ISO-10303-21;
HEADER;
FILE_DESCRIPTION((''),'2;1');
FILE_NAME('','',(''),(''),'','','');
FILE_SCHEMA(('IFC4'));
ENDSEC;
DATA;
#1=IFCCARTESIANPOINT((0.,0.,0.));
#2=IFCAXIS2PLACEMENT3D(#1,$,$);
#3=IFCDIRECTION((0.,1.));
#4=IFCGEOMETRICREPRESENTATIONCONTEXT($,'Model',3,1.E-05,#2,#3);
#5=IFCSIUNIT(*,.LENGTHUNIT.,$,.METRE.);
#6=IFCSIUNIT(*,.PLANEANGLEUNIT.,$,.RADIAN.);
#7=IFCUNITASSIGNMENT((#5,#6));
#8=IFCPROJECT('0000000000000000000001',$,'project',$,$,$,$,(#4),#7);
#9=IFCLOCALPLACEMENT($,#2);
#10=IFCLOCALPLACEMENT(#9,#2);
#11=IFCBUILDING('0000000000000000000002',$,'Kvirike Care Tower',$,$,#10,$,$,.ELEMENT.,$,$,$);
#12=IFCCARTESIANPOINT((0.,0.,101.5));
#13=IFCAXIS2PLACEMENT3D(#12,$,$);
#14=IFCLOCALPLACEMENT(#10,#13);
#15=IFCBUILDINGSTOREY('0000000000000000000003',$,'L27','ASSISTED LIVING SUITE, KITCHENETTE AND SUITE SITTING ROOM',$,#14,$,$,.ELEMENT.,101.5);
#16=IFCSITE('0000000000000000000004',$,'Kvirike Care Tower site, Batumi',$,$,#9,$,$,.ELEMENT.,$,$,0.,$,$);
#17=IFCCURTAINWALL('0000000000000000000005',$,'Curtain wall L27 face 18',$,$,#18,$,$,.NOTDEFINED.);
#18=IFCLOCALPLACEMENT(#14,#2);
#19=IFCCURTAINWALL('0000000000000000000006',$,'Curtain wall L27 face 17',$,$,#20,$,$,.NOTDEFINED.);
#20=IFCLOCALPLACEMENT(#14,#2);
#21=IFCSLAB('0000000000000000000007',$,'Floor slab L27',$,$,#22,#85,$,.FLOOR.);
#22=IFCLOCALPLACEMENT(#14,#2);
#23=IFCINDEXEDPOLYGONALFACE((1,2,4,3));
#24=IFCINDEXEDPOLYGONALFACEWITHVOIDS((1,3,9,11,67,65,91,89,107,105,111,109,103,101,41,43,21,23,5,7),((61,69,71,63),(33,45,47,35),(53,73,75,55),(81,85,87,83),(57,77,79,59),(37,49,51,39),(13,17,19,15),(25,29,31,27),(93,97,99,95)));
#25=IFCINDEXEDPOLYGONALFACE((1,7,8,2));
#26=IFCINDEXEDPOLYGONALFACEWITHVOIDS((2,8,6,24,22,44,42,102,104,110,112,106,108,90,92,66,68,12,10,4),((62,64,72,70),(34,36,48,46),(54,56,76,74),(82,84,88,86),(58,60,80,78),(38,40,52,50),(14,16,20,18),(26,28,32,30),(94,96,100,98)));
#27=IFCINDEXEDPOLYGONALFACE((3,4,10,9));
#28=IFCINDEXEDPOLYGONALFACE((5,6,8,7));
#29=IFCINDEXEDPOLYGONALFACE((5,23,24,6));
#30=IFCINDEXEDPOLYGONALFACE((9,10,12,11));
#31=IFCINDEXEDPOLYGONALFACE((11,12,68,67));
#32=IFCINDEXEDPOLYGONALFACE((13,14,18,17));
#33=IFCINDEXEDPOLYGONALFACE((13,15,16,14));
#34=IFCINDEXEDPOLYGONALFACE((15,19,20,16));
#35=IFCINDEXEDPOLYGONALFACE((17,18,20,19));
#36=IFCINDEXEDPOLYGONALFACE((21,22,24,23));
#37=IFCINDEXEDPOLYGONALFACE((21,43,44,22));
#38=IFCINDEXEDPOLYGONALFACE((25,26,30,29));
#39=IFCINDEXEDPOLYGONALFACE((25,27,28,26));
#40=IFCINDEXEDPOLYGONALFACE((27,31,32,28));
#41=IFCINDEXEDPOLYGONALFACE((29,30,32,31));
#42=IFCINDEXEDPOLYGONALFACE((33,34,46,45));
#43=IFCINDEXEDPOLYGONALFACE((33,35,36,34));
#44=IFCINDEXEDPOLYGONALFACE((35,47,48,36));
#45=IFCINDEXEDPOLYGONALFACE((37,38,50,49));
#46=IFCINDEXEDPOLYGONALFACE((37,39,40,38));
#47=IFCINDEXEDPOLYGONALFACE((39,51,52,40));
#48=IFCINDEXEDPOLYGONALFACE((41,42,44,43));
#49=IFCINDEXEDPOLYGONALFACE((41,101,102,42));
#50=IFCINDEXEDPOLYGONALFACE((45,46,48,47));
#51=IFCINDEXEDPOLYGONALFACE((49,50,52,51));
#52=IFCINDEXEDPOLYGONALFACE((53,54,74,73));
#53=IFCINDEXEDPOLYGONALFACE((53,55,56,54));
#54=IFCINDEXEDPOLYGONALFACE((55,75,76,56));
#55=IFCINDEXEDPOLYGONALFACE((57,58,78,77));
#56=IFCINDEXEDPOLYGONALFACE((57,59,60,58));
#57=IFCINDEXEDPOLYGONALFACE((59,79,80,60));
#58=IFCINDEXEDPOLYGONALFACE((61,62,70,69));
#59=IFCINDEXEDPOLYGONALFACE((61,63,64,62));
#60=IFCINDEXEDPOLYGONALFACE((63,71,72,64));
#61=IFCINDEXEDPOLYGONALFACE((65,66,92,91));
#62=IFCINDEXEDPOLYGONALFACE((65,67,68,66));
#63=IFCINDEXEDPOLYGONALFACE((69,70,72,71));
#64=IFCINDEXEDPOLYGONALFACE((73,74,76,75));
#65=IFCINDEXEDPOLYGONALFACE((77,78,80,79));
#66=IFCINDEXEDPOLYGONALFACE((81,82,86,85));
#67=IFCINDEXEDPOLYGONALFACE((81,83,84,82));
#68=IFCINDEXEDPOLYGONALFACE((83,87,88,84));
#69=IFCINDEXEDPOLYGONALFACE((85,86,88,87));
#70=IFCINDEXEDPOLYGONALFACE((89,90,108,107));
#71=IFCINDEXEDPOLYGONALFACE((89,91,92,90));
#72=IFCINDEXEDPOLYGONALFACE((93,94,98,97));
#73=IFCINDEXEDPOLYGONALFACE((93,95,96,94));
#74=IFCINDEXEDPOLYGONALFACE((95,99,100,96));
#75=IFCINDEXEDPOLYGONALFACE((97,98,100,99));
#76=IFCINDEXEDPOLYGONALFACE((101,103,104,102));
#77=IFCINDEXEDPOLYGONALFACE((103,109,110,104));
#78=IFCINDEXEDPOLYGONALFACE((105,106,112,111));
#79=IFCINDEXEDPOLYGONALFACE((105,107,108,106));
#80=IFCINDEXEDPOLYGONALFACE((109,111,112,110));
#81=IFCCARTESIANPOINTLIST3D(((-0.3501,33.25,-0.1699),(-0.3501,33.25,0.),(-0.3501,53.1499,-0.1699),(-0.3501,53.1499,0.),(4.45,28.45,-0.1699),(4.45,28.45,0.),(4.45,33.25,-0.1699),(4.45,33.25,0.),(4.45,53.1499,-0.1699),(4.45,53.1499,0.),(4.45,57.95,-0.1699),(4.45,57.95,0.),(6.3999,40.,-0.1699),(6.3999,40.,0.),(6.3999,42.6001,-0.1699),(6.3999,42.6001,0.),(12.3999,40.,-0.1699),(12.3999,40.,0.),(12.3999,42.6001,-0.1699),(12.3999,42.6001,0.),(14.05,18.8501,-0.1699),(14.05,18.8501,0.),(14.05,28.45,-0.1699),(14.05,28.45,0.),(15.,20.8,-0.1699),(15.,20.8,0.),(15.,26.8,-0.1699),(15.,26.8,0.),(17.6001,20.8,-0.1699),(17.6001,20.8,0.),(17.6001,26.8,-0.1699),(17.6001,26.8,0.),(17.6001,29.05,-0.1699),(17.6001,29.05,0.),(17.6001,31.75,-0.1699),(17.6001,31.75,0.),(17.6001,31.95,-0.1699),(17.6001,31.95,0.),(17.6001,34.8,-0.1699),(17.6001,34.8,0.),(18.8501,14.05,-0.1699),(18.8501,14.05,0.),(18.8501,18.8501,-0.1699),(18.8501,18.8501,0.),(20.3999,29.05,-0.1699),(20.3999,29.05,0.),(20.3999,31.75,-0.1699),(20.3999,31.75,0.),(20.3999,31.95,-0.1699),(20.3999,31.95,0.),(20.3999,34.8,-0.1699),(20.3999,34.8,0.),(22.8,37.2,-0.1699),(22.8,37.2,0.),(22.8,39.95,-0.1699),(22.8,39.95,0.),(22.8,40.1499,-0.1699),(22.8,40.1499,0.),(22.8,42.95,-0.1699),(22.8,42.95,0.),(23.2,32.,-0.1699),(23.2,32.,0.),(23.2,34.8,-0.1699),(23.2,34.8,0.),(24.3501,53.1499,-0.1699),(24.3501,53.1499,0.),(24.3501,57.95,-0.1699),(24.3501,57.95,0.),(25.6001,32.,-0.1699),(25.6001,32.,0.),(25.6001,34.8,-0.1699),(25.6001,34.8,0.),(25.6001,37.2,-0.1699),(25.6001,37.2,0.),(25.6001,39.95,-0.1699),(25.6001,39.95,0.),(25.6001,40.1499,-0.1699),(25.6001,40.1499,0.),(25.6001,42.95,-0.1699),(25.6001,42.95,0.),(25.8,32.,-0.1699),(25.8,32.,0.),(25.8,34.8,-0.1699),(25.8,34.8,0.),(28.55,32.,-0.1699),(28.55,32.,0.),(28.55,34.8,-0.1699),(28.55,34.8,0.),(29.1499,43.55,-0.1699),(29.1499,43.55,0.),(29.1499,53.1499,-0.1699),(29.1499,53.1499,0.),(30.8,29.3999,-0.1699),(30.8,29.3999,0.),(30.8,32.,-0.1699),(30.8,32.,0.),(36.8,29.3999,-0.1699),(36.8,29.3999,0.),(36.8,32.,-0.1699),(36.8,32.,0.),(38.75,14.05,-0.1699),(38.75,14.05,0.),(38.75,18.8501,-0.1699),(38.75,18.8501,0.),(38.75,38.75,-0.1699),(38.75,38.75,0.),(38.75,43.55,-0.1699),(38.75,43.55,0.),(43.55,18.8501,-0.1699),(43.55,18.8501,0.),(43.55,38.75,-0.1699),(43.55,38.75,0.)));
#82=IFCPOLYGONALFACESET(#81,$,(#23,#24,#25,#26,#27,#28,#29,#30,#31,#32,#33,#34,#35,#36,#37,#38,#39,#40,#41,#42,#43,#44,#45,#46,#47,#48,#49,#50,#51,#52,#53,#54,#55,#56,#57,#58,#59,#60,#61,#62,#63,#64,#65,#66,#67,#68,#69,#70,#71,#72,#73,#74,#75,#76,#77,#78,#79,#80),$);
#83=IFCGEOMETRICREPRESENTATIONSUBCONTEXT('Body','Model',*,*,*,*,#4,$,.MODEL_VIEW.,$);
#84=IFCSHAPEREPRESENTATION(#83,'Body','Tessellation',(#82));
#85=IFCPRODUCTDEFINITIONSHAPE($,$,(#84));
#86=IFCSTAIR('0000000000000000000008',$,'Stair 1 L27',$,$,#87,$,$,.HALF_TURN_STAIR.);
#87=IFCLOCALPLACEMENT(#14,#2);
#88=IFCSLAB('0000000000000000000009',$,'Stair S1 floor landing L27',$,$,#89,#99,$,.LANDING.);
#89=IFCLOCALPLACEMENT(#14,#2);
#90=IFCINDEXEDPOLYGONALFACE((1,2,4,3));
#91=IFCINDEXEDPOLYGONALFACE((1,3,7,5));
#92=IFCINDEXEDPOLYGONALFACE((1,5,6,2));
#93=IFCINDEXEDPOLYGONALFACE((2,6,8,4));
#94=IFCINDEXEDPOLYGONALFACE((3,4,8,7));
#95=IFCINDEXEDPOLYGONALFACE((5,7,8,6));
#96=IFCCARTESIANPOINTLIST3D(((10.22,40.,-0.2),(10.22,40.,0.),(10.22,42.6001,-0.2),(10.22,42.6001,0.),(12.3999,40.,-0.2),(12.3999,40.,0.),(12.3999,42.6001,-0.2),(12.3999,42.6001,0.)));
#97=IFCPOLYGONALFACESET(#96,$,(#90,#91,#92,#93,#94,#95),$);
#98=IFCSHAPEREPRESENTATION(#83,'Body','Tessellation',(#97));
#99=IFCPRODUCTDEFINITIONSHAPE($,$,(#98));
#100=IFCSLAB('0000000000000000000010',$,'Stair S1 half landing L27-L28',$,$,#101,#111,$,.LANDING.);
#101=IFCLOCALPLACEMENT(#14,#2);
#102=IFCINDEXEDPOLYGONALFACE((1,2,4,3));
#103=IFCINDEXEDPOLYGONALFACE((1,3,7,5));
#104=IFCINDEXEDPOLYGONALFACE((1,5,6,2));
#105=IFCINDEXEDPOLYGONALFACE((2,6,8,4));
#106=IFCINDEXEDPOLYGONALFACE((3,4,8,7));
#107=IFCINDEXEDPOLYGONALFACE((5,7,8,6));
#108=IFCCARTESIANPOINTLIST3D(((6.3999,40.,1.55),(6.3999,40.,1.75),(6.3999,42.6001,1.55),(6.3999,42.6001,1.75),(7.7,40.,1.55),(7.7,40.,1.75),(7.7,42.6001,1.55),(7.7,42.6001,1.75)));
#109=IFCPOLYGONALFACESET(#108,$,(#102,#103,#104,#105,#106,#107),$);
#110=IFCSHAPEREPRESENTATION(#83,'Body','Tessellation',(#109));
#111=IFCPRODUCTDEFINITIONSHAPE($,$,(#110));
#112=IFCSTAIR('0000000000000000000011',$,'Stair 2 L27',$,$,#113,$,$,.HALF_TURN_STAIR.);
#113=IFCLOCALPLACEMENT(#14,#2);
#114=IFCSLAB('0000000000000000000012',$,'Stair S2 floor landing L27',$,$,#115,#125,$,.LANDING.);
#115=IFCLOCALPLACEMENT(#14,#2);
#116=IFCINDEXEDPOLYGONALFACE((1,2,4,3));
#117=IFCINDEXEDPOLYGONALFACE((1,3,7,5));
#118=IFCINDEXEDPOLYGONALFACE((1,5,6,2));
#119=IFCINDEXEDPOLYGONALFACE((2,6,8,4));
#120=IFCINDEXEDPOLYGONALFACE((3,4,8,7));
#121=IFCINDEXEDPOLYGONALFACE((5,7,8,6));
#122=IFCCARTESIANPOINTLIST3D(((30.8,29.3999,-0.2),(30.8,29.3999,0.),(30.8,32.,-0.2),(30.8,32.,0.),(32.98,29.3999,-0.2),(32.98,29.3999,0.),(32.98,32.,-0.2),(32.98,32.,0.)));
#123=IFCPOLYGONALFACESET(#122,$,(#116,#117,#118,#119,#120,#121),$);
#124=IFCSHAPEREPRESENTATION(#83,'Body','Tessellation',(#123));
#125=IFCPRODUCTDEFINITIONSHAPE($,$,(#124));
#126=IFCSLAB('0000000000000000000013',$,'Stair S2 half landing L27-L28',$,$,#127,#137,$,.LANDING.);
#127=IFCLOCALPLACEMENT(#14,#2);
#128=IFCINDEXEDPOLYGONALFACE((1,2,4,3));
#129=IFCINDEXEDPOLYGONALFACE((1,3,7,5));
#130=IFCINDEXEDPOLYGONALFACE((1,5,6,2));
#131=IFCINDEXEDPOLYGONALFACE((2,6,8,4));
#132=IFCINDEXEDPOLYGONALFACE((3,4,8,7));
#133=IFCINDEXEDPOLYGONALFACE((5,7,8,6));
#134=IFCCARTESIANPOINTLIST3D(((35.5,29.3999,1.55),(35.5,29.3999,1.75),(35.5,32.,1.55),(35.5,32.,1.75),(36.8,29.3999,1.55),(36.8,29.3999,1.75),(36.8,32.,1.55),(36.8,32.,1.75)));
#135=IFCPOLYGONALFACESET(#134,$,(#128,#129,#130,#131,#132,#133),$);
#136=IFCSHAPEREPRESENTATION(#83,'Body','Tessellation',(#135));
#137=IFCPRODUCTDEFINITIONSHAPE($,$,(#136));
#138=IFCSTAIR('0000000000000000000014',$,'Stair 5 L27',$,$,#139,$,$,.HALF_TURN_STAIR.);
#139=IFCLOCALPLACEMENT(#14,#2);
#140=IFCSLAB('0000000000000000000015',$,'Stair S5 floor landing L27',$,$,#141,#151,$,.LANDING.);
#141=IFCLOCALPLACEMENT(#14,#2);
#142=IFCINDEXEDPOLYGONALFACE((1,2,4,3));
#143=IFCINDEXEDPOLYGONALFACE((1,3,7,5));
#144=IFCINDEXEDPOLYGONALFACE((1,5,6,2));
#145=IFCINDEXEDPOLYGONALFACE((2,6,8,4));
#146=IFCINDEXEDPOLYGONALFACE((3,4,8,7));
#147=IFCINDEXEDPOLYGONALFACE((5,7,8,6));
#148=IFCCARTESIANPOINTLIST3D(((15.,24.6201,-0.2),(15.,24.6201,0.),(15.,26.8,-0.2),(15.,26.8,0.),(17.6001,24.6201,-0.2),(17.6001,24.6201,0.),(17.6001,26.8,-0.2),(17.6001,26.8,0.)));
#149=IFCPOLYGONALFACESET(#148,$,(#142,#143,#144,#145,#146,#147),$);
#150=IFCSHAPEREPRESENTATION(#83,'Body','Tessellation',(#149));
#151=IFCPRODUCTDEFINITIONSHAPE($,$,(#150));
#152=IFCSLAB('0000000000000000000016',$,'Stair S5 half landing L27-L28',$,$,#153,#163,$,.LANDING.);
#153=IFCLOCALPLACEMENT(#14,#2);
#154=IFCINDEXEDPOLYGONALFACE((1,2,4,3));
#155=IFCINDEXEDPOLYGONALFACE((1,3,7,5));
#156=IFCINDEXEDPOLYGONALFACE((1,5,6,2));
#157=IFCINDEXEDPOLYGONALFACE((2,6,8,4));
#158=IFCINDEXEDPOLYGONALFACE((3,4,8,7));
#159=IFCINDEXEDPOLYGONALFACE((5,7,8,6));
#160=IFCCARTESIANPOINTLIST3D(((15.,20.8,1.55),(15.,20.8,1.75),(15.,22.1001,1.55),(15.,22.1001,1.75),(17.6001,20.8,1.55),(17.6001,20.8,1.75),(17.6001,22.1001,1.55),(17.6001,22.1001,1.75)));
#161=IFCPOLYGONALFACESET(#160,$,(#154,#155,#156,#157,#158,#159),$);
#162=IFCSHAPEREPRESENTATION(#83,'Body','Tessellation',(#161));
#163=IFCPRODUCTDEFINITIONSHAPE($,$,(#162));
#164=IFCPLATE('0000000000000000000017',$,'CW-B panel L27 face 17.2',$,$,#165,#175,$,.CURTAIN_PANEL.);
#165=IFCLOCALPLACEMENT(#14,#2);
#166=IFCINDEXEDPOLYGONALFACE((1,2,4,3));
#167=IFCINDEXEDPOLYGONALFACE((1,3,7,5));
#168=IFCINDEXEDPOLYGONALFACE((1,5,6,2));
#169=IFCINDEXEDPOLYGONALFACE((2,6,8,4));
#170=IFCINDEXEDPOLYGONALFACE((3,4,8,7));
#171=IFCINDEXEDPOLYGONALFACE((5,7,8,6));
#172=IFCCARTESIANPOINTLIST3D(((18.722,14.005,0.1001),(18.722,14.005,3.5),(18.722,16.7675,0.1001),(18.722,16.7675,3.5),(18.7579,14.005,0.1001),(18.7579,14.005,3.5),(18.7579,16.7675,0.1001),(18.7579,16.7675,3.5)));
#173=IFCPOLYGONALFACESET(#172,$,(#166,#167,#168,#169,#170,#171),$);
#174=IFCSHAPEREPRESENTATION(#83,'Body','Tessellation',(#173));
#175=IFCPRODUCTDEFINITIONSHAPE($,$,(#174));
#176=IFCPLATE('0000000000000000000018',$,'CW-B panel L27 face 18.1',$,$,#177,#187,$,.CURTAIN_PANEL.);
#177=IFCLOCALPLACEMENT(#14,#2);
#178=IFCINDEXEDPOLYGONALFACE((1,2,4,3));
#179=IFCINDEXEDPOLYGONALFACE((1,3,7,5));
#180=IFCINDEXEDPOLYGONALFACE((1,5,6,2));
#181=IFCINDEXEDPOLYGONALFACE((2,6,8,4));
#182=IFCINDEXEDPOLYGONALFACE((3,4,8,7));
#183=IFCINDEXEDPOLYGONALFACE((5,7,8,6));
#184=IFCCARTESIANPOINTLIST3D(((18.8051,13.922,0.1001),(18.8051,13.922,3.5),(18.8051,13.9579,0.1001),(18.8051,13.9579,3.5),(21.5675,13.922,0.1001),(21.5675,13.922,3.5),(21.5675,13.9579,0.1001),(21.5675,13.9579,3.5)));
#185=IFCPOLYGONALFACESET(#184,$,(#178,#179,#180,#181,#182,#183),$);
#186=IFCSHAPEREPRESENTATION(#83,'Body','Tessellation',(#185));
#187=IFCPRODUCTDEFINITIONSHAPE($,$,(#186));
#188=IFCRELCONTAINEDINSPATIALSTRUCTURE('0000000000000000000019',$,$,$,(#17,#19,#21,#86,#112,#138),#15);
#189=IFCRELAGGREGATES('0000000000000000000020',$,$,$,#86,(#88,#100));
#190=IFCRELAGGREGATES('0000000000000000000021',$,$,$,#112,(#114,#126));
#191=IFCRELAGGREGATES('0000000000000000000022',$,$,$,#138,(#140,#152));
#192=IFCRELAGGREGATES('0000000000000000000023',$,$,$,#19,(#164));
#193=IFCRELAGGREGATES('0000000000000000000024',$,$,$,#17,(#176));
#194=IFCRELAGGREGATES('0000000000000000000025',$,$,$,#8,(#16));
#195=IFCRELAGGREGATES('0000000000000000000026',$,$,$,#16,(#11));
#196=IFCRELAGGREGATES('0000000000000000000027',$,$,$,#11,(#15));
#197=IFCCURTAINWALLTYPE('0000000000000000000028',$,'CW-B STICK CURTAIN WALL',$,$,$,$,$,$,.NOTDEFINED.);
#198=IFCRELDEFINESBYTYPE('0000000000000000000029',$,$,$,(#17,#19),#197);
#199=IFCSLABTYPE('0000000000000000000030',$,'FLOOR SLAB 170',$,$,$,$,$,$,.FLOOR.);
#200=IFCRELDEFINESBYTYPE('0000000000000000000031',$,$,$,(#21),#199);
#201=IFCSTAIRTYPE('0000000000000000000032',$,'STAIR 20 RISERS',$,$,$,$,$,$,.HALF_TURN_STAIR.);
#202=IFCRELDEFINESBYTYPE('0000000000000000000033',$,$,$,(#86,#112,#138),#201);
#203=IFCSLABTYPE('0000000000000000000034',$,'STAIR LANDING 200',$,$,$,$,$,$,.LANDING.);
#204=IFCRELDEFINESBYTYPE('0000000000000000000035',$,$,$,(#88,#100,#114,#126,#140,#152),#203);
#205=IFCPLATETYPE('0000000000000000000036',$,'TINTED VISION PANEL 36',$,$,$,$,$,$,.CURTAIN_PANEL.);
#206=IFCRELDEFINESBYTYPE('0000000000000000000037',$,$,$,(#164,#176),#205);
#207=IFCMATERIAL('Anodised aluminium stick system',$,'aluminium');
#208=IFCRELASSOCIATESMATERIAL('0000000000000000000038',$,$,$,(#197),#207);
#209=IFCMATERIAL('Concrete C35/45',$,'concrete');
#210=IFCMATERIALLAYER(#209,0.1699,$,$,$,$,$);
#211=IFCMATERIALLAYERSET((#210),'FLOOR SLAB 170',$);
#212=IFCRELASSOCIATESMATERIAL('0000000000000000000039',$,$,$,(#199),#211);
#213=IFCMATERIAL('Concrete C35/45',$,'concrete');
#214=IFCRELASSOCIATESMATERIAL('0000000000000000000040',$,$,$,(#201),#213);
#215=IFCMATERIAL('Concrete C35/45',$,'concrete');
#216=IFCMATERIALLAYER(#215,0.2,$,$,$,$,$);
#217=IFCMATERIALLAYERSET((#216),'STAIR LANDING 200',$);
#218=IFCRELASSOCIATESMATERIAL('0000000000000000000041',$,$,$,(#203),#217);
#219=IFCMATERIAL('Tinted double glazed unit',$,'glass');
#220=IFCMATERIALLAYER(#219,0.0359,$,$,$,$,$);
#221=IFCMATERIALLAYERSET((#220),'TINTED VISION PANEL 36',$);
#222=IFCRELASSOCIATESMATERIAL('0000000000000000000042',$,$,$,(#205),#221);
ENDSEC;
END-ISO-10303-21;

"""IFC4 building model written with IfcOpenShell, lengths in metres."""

from ifc_helpers import new_model, si_unit, direction, frame, origin, origin_2d, place, context, subcontext, project, spatial, polyline, rectangle, outline, extrude, material, layer, layer_set, type_object, element, aggregate, save


model = new_model("IFC4")

# Units and contexts
model_context = context("Model", 3, precision=1e-05, world=origin(), true_north=direction((0.0, 1.0)))
body_context = subcontext(model_context, "Body", "Model", "MODEL_VIEW")
ifc_project = project(units=[si_unit("LENGTHUNIT", "METRE"), si_unit("PLANEANGLEUNIT", "RADIAN")], contexts=[model_context])

# Site, building, storey
site_placement = place(None, origin())
site = spatial("IfcSite", under=ifc_project, at=site_placement, Name="Kvirike Care Tower site, Batumi", CompositionType="ELEMENT", RefElevation=0.0)
building_placement = place(site_placement, origin())
building = spatial("IfcBuilding", under=site, at=building_placement, Name="Kvirike Care Tower", CompositionType="ELEMENT")
storey_placement = place(building_placement, frame((0.0, 0.0, 101.5)))
storey = spatial("IfcBuildingStorey", under=building, at=storey_placement, Name="L27", Description="ASSISTED LIVING SUITE, KITCHENETTE AND SUITE SITTING ROOM", CompositionType="ELEMENT", Elevation=101.5)

# Curtain walls
ifc_material_1 = material(Name="Anodised aluminium stick system", Category="aluminium")
curtain_wall_type = type_object("IfcCurtainWallType", Name="CW-B STICK CURTAIN WALL", PredefinedType="NOTDEFINED", material=ifc_material_1)
curtain_wall_1_placement = place(storey_placement, origin())
curtain_wall_1 = element("IfcCurtainWall", 1, at=curtain_wall_1_placement, inside=storey, type_object=curtain_wall_type, Name="Curtain wall L27 face 18", PredefinedType="NOTDEFINED")
curtain_wall_2_placement = place(storey_placement, origin())
curtain_wall_2 = element("IfcCurtainWall", 2, at=curtain_wall_2_placement, inside=storey, type_object=curtain_wall_type, Name="Curtain wall L27 face 17", PredefinedType="NOTDEFINED")

# Slab
ifc_material_2 = material(Name="Concrete C35/45", Category="concrete")
ifc_layer_1 = layer(ifc_material_2, 0.1699)
ifc_layer_set_1 = layer_set([ifc_layer_1], Name="FLOOR SLAB 170")
slab_type_1 = type_object("IfcSlabType", Name="FLOOR SLAB 170", PredefinedType="FLOOR", material=ifc_layer_set_1)
slab_1_placement = place(storey_placement, frame((0.0, 0.0, -0.1699)))
element("IfcSlab", 3, at=slab_1_placement, inside=storey, type_object=slab_type_1, Name="Floor slab L27", PredefinedType="FLOOR", context=body_context, shape_type="SweptSolid", body=[
    extrude(outline(polyline([(43.55, 18.8501), (43.55, 38.75), (38.75, 38.75), (38.75, 43.55), (29.1499, 43.55), (29.1499, 53.1499), (24.3501, 53.1499), (24.3501, 57.95), (4.45, 57.95), (4.45, 53.1499), (-0.3501, 53.1499), (-0.3501, 33.25), (4.45, 33.25), (4.45, 28.45), (14.05, 28.45), (14.05, 18.8501), (18.8501, 18.8501), (18.8501, 14.05), (38.75, 14.05), (38.75, 18.8501), (43.55, 18.8501)]), holes=[polyline([(17.6001, 29.05), (17.6001, 31.75), (20.3999, 31.75), (20.3999, 29.05), (17.6001, 29.05)]), polyline([(17.6001, 31.95), (17.6001, 34.8), (20.3999, 34.8), (20.3999, 31.95), (17.6001, 31.95)]), polyline([(22.8, 37.2), (22.8, 39.95), (25.6001, 39.95), (25.6001, 37.2), (22.8, 37.2)]), polyline([(22.8, 40.1499), (22.8, 42.95), (25.6001, 42.95), (25.6001, 40.1499), (22.8, 40.1499)]), polyline([(23.2, 32.0), (23.2, 34.8), (25.6001, 34.8), (25.6001, 32.0), (23.2, 32.0)]), polyline([(25.8, 32.0), (25.8, 34.8), (28.55, 34.8), (28.55, 32.0), (25.8, 32.0)]), polyline([(12.3999, 42.6001), (12.3999, 40.0), (6.3999, 40.0), (6.3999, 42.6001), (12.3999, 42.6001)]), polyline([(30.8, 29.3999), (30.8, 32.0), (36.8, 32.0), (36.8, 29.3999), (30.8, 29.3999)]), polyline([(15.0, 26.8), (17.6001, 26.8), (17.6001, 20.8), (15.0, 20.8), (15.0, 26.8)])]), origin(), (0.0, 0.0, 1.0), 0.1699),
])

# Stairs, slabs
ifc_material_3 = material(Name="Concrete C35/45", Category="concrete")
stair_type = type_object("IfcStairType", Name="STAIR 20 RISERS", PredefinedType="HALF_TURN_STAIR", material=ifc_material_3)
stair_1_placement = place(storey_placement, origin())
stair_1 = element("IfcStair", 4, at=stair_1_placement, inside=storey, type_object=stair_type, Name="Stair 1 L27", PredefinedType="HALF_TURN_STAIR")
ifc_material_4 = material(Name="Concrete C35/45", Category="concrete")
ifc_layer_2 = layer(ifc_material_4, 0.2)
ifc_layer_set_2 = layer_set([ifc_layer_2], Name="STAIR LANDING 200")
slab_type_2 = type_object("IfcSlabType", Name="STAIR LANDING 200", PredefinedType="LANDING", material=ifc_layer_set_2)
slab_2_placement = place(storey_placement, frame((0.0, 0.0, -0.2)))
slab_2 = element("IfcSlab", 5, at=slab_2_placement, type_object=slab_type_2, Name="Stair S1 floor landing L27", PredefinedType="LANDING", context=body_context, shape_type="SweptSolid", body=[
    extrude(outline(polyline([(10.22, 42.6001), (10.22, 40.0), (12.3999, 40.0), (12.3999, 42.6001), (10.22, 42.6001)])), origin(), (0.0, 0.0, 1.0), 0.2),
])
slab_3_placement = place(storey_placement, frame((0.0, 0.0, 1.55)))
slab_3 = element("IfcSlab", 6, at=slab_3_placement, type_object=slab_type_2, Name="Stair S1 half landing L27-L28", PredefinedType="LANDING", context=body_context, shape_type="SweptSolid", body=[
    extrude(outline(polyline([(6.3999, 42.6001), (6.3999, 40.0), (7.7, 40.0), (7.7, 42.6001), (6.3999, 42.6001)])), origin(), (0.0, 0.0, 1.0), 0.2),
])
aggregate(stair_1, [slab_2, slab_3])
stair_2_placement = place(storey_placement, origin())
stair_2 = element("IfcStair", 7, at=stair_2_placement, inside=storey, type_object=stair_type, Name="Stair 2 L27", PredefinedType="HALF_TURN_STAIR")
slab_4_placement = place(storey_placement, frame((0.0, 0.0, -0.2)))
slab_4 = element("IfcSlab", 8, at=slab_4_placement, type_object=slab_type_2, Name="Stair S2 floor landing L27", PredefinedType="LANDING", context=body_context, shape_type="SweptSolid", body=[
    extrude(outline(polyline([(32.98, 29.3999), (32.98, 32.0), (30.8, 32.0), (30.8, 29.3999), (32.98, 29.3999)])), origin(), (0.0, 0.0, 1.0), 0.2),
])
slab_5_placement = place(storey_placement, frame((0.0, 0.0, 1.55)))
slab_5 = element("IfcSlab", 9, at=slab_5_placement, type_object=slab_type_2, Name="Stair S2 half landing L27-L28", PredefinedType="LANDING", context=body_context, shape_type="SweptSolid", body=[
    extrude(outline(polyline([(36.8, 29.3999), (36.8, 32.0), (35.5, 32.0), (35.5, 29.3999), (36.8, 29.3999)])), origin(), (0.0, 0.0, 1.0), 0.2),
])
aggregate(stair_2, [slab_4, slab_5])
stair_3_placement = place(storey_placement, origin())
stair_3 = element("IfcStair", 10, at=stair_3_placement, inside=storey, type_object=stair_type, Name="Stair 5 L27", PredefinedType="HALF_TURN_STAIR")
slab_6_placement = place(storey_placement, frame((0.0, 0.0, -0.2)))
slab_6 = element("IfcSlab", 11, at=slab_6_placement, type_object=slab_type_2, Name="Stair S5 floor landing L27", PredefinedType="LANDING", context=body_context, shape_type="SweptSolid", body=[
    extrude(outline(polyline([(15.0, 24.6201), (17.6001, 24.6201), (17.6001, 26.8), (15.0, 26.8), (15.0, 24.6201)])), origin(), (0.0, 0.0, 1.0), 0.2),
])
slab_7_placement = place(storey_placement, frame((0.0, 0.0, 1.55)))
slab_7 = element("IfcSlab", 12, at=slab_7_placement, type_object=slab_type_2, Name="Stair S5 half landing L27-L28", PredefinedType="LANDING", context=body_context, shape_type="SweptSolid", body=[
    extrude(outline(polyline([(15.0, 20.8), (17.6001, 20.8), (17.6001, 22.1001), (15.0, 22.1001), (15.0, 20.8)])), origin(), (0.0, 0.0, 1.0), 0.2),
])
aggregate(stair_3, [slab_6, slab_7])

# Plates
ifc_material_5 = material(Name="Tinted double glazed unit", Category="glass")
ifc_layer_3 = layer(ifc_material_5, 0.0359)
ifc_layer_set_3 = layer_set([ifc_layer_3], Name="TINTED VISION PANEL 36")
plate_type = type_object("IfcPlateType", Name="TINTED VISION PANEL 36", PredefinedType="CURTAIN_PANEL", material=ifc_layer_set_3)
plate_1_placement = place(storey_placement, frame((18.74, 15.3862, 0.1001), z_axis=(0.0, 0.0, 1.0), x_axis=(0.0, -1.0, 0.0)))
plate_1 = element("IfcPlate", 13, at=plate_1_placement, type_object=plate_type, Name="CW-B panel L27 face 17.2", PredefinedType="CURTAIN_PANEL", context=body_context, shape_type="SweptSolid", body=[
    extrude(rectangle(XDim=2.7625, YDim=0.0359, at=origin_2d()), origin(), (0.0, 0.0, 1.0), 3.3999),
])
aggregate(curtain_wall_2, [plate_1])
plate_2_placement = place(storey_placement, frame((20.1863, 13.9399, 0.1001), z_axis=(0.0, 0.0, 1.0), x_axis=(1.0, 0.0, 0.0)))
plate_2 = element("IfcPlate", 14, at=plate_2_placement, type_object=plate_type, Name="CW-B panel L27 face 18.1", PredefinedType="CURTAIN_PANEL", context=body_context, shape_type="SweptSolid", body=[
    extrude(rectangle(XDim=2.7625, YDim=0.0359, at=origin_2d()), origin(), (0.0, 0.0, 1.0), 3.3999),
])
aggregate(curtain_wall_1, [plate_2])

save(model, "model.ifc")
